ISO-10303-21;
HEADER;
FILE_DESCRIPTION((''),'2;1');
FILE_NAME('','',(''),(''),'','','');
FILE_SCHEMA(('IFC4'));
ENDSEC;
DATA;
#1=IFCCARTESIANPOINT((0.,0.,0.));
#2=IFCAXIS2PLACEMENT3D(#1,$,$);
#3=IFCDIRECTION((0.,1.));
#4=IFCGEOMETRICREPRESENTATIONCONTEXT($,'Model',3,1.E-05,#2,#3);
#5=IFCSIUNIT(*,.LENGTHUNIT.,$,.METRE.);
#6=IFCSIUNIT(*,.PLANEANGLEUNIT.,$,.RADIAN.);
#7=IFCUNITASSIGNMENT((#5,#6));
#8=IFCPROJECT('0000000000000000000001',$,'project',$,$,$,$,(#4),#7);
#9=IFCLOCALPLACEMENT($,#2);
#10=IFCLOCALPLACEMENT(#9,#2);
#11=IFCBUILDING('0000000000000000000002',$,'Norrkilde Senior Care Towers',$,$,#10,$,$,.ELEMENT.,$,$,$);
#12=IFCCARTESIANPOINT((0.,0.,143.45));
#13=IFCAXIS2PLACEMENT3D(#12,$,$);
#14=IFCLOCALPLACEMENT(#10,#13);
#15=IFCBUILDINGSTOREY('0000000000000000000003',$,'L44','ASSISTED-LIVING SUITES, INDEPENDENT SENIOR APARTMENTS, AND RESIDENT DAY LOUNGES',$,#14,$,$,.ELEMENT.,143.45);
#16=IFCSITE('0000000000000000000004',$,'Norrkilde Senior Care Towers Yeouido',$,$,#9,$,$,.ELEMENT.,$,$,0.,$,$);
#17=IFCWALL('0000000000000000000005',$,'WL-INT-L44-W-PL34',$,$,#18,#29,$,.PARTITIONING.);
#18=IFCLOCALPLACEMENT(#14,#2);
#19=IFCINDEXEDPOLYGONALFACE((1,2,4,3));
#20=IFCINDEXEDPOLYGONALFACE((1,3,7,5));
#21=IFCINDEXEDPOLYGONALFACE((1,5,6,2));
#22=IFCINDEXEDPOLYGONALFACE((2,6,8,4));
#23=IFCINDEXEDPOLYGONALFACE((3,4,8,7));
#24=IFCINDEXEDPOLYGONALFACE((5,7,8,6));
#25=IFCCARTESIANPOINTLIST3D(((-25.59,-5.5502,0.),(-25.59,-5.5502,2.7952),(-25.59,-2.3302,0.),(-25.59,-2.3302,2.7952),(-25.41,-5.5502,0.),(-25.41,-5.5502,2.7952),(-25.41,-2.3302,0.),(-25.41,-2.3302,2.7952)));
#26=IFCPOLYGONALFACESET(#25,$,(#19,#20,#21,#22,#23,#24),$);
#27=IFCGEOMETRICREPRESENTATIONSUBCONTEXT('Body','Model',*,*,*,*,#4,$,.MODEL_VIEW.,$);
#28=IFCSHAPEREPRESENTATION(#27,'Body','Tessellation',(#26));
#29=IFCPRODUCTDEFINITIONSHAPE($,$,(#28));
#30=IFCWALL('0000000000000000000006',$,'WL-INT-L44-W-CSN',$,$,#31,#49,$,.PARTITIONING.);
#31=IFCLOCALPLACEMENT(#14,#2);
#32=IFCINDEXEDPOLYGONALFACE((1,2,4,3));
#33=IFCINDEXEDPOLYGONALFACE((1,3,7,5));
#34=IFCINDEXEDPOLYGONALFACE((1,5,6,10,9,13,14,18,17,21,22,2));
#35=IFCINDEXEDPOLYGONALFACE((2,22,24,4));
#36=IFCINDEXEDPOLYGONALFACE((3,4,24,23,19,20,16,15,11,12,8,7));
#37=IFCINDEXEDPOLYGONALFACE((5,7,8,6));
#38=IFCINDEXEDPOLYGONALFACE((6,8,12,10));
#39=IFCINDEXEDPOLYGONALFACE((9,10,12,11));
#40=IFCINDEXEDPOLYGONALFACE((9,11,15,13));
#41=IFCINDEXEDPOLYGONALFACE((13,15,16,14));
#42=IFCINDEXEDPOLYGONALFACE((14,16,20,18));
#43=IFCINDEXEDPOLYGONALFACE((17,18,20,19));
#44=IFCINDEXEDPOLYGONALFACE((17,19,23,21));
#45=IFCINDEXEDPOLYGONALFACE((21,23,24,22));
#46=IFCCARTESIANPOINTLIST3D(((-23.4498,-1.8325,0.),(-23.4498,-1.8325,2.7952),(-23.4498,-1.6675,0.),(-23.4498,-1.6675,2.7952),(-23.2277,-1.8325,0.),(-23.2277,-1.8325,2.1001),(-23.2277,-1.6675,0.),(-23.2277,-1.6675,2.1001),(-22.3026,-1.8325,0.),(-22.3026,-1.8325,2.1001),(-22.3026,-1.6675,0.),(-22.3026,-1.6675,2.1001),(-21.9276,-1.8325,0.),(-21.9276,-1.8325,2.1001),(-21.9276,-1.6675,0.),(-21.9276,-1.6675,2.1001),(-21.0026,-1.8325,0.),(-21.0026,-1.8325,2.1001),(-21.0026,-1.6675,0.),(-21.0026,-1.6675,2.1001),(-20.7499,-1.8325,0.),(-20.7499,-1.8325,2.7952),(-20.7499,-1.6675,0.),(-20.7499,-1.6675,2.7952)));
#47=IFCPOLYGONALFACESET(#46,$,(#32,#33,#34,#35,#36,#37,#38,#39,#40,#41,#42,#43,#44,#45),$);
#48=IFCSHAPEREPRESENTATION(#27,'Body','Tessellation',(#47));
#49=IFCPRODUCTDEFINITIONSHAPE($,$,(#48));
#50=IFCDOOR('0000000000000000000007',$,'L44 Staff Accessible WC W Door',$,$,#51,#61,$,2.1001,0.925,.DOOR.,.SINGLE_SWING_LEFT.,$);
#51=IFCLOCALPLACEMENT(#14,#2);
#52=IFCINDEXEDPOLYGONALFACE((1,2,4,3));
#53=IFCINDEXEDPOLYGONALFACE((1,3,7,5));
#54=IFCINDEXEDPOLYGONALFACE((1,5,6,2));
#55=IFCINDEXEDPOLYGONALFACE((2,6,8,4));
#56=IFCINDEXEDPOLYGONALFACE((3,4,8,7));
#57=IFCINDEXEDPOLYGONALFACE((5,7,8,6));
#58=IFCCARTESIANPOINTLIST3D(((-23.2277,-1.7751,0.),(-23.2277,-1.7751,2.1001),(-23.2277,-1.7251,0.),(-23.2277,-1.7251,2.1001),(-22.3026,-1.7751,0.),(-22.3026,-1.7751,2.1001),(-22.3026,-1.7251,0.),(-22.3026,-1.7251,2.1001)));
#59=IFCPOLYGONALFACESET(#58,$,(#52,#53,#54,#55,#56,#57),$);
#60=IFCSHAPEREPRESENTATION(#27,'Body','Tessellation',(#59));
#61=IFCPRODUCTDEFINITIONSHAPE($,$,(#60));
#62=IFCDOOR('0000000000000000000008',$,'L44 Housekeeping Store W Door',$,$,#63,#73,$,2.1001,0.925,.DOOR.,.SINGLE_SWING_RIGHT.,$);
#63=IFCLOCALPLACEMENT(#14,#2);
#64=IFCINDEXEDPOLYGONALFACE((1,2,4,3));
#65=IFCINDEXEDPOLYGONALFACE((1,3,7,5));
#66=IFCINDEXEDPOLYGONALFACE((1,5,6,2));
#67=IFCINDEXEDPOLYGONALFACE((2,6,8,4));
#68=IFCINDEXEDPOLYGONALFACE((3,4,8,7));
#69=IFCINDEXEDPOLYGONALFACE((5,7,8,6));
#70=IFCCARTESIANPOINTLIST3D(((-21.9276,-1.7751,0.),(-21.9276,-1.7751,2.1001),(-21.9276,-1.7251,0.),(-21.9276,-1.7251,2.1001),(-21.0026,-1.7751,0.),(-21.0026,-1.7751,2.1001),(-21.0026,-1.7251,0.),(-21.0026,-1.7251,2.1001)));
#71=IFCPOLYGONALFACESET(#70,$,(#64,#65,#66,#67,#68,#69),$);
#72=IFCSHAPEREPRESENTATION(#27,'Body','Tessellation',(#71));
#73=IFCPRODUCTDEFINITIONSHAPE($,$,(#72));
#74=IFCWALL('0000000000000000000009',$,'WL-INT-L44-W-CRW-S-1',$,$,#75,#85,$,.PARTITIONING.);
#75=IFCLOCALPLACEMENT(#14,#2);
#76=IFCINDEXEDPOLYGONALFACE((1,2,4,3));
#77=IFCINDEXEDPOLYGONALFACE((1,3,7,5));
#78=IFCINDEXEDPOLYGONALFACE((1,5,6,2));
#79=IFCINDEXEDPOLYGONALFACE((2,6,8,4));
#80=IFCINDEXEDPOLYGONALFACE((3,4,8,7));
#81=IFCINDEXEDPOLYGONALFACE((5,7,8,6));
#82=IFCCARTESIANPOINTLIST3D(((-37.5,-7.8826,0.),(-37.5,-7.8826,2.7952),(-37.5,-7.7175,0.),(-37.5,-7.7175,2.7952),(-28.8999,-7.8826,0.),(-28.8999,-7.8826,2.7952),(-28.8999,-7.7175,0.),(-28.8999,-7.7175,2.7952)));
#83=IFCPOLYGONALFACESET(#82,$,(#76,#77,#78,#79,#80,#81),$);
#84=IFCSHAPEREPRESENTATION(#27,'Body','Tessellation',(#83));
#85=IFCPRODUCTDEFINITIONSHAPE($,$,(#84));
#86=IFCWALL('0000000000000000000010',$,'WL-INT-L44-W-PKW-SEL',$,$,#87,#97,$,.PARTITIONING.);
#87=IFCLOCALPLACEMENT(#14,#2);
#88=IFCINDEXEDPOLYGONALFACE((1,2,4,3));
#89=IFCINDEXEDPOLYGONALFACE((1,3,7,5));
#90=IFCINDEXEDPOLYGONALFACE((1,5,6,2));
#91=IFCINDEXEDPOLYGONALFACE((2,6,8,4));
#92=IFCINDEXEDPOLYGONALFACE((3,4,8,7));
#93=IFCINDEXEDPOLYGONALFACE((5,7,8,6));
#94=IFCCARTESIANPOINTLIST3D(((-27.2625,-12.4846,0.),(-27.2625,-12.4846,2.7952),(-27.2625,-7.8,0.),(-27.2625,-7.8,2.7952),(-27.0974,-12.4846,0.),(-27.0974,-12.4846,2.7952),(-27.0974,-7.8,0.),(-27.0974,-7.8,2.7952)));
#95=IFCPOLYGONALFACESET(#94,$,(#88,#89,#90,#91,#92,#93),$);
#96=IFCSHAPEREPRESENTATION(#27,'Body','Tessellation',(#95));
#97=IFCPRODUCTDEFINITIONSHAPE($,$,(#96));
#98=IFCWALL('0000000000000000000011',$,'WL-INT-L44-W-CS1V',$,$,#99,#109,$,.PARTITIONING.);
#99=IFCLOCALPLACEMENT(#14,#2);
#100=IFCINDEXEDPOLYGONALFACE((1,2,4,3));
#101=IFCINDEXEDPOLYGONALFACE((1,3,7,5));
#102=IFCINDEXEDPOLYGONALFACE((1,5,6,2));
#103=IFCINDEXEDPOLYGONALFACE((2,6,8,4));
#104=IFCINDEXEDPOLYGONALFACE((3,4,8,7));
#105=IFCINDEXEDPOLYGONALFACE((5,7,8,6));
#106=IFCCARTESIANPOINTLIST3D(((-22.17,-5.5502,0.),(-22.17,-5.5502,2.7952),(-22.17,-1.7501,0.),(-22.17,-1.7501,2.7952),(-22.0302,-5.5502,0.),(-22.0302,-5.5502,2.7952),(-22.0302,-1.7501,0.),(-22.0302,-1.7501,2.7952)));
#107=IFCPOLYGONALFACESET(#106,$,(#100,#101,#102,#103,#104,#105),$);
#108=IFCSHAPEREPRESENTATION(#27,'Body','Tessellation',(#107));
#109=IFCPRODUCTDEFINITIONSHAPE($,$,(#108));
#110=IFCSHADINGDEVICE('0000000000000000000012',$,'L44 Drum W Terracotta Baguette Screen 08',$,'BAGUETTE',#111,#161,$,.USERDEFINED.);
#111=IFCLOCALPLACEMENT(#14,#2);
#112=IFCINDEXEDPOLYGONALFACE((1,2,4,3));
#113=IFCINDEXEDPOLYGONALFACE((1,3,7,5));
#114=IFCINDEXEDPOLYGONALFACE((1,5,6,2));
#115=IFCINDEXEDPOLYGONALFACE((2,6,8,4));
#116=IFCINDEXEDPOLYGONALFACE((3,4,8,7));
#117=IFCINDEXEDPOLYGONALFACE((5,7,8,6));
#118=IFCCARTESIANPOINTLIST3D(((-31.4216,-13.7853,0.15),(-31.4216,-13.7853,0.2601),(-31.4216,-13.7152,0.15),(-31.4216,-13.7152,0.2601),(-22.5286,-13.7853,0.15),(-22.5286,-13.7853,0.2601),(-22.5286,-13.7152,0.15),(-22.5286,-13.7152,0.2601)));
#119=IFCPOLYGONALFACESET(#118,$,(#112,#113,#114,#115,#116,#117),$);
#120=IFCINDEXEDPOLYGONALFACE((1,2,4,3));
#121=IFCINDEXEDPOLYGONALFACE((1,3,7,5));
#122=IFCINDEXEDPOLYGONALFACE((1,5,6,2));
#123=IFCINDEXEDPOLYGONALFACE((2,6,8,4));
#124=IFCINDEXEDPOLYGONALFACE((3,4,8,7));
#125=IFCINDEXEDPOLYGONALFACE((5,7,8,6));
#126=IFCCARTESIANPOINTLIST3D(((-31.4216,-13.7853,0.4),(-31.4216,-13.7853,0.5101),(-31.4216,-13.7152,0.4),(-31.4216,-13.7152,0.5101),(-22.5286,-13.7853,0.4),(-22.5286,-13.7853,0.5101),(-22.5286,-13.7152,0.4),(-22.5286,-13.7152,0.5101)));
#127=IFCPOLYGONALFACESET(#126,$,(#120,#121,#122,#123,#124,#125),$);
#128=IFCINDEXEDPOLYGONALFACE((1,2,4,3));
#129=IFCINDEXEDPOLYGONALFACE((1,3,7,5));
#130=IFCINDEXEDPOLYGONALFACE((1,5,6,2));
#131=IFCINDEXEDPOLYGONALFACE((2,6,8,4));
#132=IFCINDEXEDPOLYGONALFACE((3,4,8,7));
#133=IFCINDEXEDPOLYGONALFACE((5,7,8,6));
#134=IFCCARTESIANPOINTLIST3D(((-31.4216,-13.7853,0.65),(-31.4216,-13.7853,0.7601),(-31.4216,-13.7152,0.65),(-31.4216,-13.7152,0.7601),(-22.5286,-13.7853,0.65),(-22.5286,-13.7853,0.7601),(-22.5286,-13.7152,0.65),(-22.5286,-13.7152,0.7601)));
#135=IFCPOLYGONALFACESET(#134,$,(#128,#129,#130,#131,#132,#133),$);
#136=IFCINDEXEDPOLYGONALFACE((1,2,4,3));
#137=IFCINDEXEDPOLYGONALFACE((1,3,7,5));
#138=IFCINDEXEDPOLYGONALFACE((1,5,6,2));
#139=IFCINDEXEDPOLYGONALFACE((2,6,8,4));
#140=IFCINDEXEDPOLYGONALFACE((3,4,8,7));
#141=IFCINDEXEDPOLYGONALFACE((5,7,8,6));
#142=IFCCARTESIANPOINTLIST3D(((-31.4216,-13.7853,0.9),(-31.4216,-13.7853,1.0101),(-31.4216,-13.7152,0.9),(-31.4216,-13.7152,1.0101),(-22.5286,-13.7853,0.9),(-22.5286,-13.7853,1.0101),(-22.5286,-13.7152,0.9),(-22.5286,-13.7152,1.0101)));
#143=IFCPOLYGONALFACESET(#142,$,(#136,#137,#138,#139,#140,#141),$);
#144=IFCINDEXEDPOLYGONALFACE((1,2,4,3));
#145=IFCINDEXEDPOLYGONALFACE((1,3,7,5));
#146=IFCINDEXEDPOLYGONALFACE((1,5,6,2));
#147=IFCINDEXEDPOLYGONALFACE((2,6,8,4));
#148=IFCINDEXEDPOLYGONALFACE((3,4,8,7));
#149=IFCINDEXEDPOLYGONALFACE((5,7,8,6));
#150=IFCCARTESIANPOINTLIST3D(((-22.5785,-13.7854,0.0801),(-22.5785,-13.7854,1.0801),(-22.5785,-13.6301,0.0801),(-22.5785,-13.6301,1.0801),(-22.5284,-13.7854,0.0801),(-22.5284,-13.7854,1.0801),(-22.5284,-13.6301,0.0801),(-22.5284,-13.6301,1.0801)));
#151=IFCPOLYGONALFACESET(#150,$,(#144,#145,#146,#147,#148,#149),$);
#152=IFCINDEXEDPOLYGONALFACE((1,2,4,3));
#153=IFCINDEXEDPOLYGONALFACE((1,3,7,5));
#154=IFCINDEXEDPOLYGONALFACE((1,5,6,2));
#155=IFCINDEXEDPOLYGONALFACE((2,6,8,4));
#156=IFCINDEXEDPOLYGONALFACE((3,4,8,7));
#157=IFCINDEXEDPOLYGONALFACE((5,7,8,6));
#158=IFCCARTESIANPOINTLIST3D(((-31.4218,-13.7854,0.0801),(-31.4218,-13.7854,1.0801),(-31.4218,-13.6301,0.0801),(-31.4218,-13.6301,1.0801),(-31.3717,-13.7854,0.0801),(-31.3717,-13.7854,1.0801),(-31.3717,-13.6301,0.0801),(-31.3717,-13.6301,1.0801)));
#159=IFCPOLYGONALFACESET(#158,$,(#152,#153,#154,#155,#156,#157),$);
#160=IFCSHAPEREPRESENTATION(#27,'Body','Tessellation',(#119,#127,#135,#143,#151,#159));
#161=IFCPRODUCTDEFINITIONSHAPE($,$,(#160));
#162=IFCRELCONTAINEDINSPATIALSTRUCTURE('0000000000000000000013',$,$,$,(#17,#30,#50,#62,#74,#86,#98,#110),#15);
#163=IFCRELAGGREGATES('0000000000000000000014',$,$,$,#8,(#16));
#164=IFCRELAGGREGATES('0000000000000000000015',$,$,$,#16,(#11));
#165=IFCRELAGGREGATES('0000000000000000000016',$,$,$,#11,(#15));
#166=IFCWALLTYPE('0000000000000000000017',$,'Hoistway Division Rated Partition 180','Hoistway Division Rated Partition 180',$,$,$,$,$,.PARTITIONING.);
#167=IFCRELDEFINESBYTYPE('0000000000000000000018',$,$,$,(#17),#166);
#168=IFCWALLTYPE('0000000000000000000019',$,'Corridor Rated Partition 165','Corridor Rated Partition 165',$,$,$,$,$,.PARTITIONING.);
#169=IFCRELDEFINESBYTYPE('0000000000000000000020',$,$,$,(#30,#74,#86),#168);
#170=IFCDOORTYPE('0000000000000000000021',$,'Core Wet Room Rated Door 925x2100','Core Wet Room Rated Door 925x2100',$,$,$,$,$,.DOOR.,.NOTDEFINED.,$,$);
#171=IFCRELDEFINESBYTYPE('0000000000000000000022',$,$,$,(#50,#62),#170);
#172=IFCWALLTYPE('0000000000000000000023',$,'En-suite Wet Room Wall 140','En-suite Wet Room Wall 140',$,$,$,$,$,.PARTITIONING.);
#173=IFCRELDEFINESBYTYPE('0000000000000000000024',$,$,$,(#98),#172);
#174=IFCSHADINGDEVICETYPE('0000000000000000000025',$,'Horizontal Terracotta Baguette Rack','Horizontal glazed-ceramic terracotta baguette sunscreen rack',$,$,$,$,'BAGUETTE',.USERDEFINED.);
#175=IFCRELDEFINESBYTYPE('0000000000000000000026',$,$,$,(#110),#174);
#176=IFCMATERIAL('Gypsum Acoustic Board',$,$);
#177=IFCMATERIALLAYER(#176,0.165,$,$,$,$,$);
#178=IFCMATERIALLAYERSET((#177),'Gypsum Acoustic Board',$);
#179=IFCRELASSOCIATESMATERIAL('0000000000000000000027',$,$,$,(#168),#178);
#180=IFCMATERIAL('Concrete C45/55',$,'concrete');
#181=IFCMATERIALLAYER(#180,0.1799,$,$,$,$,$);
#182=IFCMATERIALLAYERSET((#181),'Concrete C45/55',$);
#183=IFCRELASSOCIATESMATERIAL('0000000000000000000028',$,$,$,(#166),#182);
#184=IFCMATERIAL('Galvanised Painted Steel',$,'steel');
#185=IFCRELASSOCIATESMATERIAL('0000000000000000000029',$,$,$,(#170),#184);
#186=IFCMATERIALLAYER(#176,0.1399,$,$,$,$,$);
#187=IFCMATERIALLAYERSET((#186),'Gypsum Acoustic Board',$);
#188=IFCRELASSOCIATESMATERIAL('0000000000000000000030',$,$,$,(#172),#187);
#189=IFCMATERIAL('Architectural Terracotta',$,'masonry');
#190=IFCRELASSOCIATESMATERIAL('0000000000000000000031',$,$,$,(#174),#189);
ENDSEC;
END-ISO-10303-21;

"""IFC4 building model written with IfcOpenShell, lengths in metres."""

from ifc_helpers import new_model, si_unit, direction, frame, frame_2d, origin, origin_2d, place, context, subcontext, project, spatial, rectangle, extrude, source, transform, mapped, material, layer, layer_set, type_object, type_shapes, element, fill, save


model = new_model("IFC4")

# Units and contexts
model_context = context("Model", 3, precision=1e-05, world=origin(), true_north=direction((0.0, 1.0)))
body_context = subcontext(model_context, "Body", "Model", "MODEL_VIEW")
ifc_project = project(units=[si_unit("LENGTHUNIT", "METRE"), si_unit("PLANEANGLEUNIT", "RADIAN")], contexts=[model_context])

# Site, building, storey
site_placement = place(None, origin())
site = spatial("IfcSite", under=ifc_project, at=site_placement, Name="Norrkilde Senior Care Towers Yeouido", CompositionType="ELEMENT", RefElevation=0.0)
building_placement = place(site_placement, origin())
building = spatial("IfcBuilding", under=site, at=building_placement, Name="Norrkilde Senior Care Towers", CompositionType="ELEMENT")
storey_placement = place(building_placement, frame((0.0, 0.0, 143.45)))
storey = spatial("IfcBuildingStorey", under=building, at=storey_placement, Name="L44", Description="ASSISTED-LIVING SUITES, INDEPENDENT SENIOR APARTMENTS, AND RESIDENT DAY LOUNGES", CompositionType="ELEMENT", Elevation=143.45)

# Shared definitions
ifc_material_1 = material(Name="Concrete C45/55", Category="concrete")
ifc_material_2 = material(Name="Gypsum Acoustic Board")
ifc_layer_1 = layer(ifc_material_2, 0.165)
ifc_layer_set_1 = layer_set([ifc_layer_1], Name="Gypsum Acoustic Board")
wall_type_1 = type_object("IfcWallType", Name="Corridor Rated Partition 165", Description="Corridor Rated Partition 165", PredefinedType="PARTITIONING", material=ifc_layer_set_1)

# Wall
ifc_layer_2 = layer(ifc_material_1, 0.1799)
ifc_layer_set_2 = layer_set([ifc_layer_2], Name="Concrete C45/55")
wall_type_2 = type_object("IfcWallType", Name="Hoistway Division Rated Partition 180", Description="Hoistway Division Rated Partition 180", PredefinedType="PARTITIONING", material=ifc_layer_set_2)
shared_shape_1 = source(origin(), body_context, "Body", "SweptSolid", [
    extrude(rectangle(XDim=3.22, YDim=0.1799, at=frame_2d((1.6099, 0.0))), origin(), (0.0, 0.0, 1.0), 2.7952),
])
type_shapes(wall_type_2, [shared_shape_1])
wall_1_placement = place(storey_placement, frame((-25.5, -5.55, 0.0), z_axis=(0.0, 0.0, 1.0), x_axis=(0.0, 1.0, 0.0)))
element("IfcWall", 1, at=wall_1_placement, inside=storey, type_object=wall_type_2, Name="WL-INT-L44-W-PL34", PredefinedType="PARTITIONING", context=body_context, shape_type="MappedRepresentation", body=[
    mapped(shared_shape_1, transform((0.0, 0.0, 0.0), x_axis=(1.0, 0.0, 0.0), y_axis=(0.0, 1.0, 0.0), z_axis=(0.0, 0.0, 1.0), scale=1.0)),
])

# Wall, openings, doors
shared_shape_2 = source(origin(), body_context, "Body", "SweptSolid", [
    extrude(rectangle(XDim=2.7, YDim=0.165, at=frame_2d((1.3501, 0.0))), origin(), (0.0, 0.0, 1.0), 2.7952),
])
wall_2_placement = place(storey_placement, frame((-23.45, -1.75, 0.0), z_axis=(0.0, 0.0, 1.0), x_axis=(1.0, 0.0, 0.0)))
wall_2 = element("IfcWall", 2, at=wall_2_placement, inside=storey, type_object=wall_type_1, Name="WL-INT-L44-W-CSN", PredefinedType="PARTITIONING", context=body_context, shape_type="MappedRepresentation", body=[
    mapped(shared_shape_2, transform((0.0, 0.0, 0.0), x_axis=(1.0, 0.0, 0.0), y_axis=(0.0, 1.0, 0.0), z_axis=(0.0, 0.0, 1.0), scale=1.0)),
])
opening_1_placement = place(wall_2_placement, frame((0.2224, 0.0, 0.0)))
opening_1 = element("IfcOpeningElement", 3, at=opening_1_placement, cuts=wall_2, PredefinedType="OPENING", context=body_context, shape_type="SweptSolid", body=[
    extrude(rectangle(XDim=0.925, YDim=2.1001, at=frame_2d((0.4624, 1.05))), frame((0.0, 0.0925, 0.0), z_axis=(0.0, -1.0, 0.0), x_axis=(1.0, 0.0, 0.0)), (0.0, 0.0, 1.0), 0.1851),
])
opening_2_placement = place(wall_2_placement, frame((1.5225, 0.0, 0.0)))
opening_2 = element("IfcOpeningElement", 4, at=opening_2_placement, cuts=wall_2, PredefinedType="OPENING", context=body_context, shape_type="SweptSolid", body=[
    extrude(rectangle(XDim=0.925, YDim=2.1001, at=frame_2d((0.4624, 1.05))), frame((0.0, 0.0925, 0.0), z_axis=(0.0, -1.0, 0.0), x_axis=(1.0, 0.0, 0.0)), (0.0, 0.0, 1.0), 0.1851),
])
ifc_material_3 = material(Name="Galvanised Painted Steel", Category="steel")
door_type_1 = type_object("IfcDoorType", Name="Core Wet Room Rated Door 925x2100", Description="Core Wet Room Rated Door 925x2100", OperationType="NOTDEFINED", PredefinedType="DOOR", material=ifc_material_3)
shared_shape_3 = source(origin(), body_context, "Body", "SweptSolid", [
    extrude(rectangle(XDim=0.925, YDim=2.1001, at=frame_2d((0.4624, 1.05))), frame((0.0, 0.0249, 0.0), z_axis=(0.0, -1.0, 0.0), x_axis=(1.0, 0.0, 0.0)), (0.0, 0.0, 1.0), 0.05),
])
type_shapes(door_type_1, [shared_shape_3])
door_1_placement = place(opening_1_placement, origin())
door_1 = element("IfcDoor", 5, at=door_1_placement, inside=storey, type_object=door_type_1, Name="L44 Staff Accessible WC W Door", OperationType="SINGLE_SWING_LEFT", OverallHeight=2.1001, OverallWidth=0.925, PredefinedType="DOOR", context=body_context, shape_type="MappedRepresentation", body=[
    mapped(shared_shape_3, transform((0.0, 0.0, 0.0), x_axis=(1.0, 0.0, 0.0), y_axis=(0.0, 1.0, 0.0), z_axis=(0.0, 0.0, 1.0), scale=1.0)),
])
fill(opening_1, door_1)
door_2_placement = place(opening_2_placement, origin())
door_2 = element("IfcDoor", 6, at=door_2_placement, inside=storey, type_object=door_type_1, Name="L44 Housekeeping Store W Door", OperationType="SINGLE_SWING_RIGHT", OverallHeight=2.1001, OverallWidth=0.925, PredefinedType="DOOR", context=body_context, shape_type="MappedRepresentation", body=[
    mapped(shared_shape_3, transform((0.0, 0.0, 0.0), x_axis=(1.0, 0.0, 0.0), y_axis=(0.0, 1.0, 0.0), z_axis=(0.0, 0.0, 1.0), scale=1.0)),
])
fill(opening_2, door_2)

# Wall
shared_shape_4 = source(origin(), body_context, "Body", "SweptSolid", [
    extrude(rectangle(XDim=8.6001, YDim=0.165, at=frame_2d((4.3, 0.0))), origin(), (0.0, 0.0, 1.0), 2.7952),
])
wall_3_placement = place(storey_placement, frame((-28.8999, -7.8, 0.0), z_axis=(0.0, 0.0, 1.0), x_axis=(-1.0, 0.0, 0.0)))
element("IfcWall", 7, at=wall_3_placement, inside=storey, type_object=wall_type_1, Name="WL-INT-L44-W-CRW-S-1", PredefinedType="PARTITIONING", context=body_context, shape_type="MappedRepresentation", body=[
    mapped(shared_shape_4, transform((0.0, 0.0, 0.0), x_axis=(1.0, 0.0, 0.0), y_axis=(0.0, 1.0, 0.0), z_axis=(0.0, 0.0, 1.0), scale=1.0)),
])

# Shared definitions
shared_shape_5 = source(origin(), body_context, "Body", "SweptSolid", [
    extrude(rectangle(XDim=4.6846, YDim=0.165, at=frame_2d((2.3423, 0.0))), origin(), (0.0, 0.0, 1.0), 2.7952),
])

# Walls
wall_4_placement = place(storey_placement, frame((-27.1799, -12.4846, 0.0), z_axis=(0.0, 0.0, 1.0), x_axis=(0.0, 1.0, 0.0)))
element("IfcWall", 8, at=wall_4_placement, inside=storey, type_object=wall_type_1, Name="WL-INT-L44-W-PKW-SEL", PredefinedType="PARTITIONING", context=body_context, shape_type="MappedRepresentation", body=[
    mapped(shared_shape_5, transform((0.0, 0.0, 0.0), x_axis=(1.0, 0.0, 0.0), y_axis=(0.0, 1.0, 0.0), z_axis=(0.0, 0.0, 1.0), scale=1.0)),
])
ifc_layer_3 = layer(ifc_material_2, 0.1399)
ifc_layer_set_3 = layer_set([ifc_layer_3], Name="Gypsum Acoustic Board")
wall_type_3 = type_object("IfcWallType", Name="En-suite Wet Room Wall 140", Description="En-suite Wet Room Wall 140", PredefinedType="PARTITIONING", material=ifc_layer_set_3)
shared_shape_6 = source(origin(), body_context, "Body", "SweptSolid", [
    extrude(rectangle(XDim=3.8, YDim=0.1399, at=frame_2d((1.8999, 0.0))), origin(), (0.0, 0.0, 1.0), 2.7952),
])
type_shapes(wall_type_3, [shared_shape_6])
wall_5_placement = place(storey_placement, frame((-22.1001, -5.55, 0.0), z_axis=(0.0, 0.0, 1.0), x_axis=(0.0, 1.0, 0.0)))
element("IfcWall", 9, at=wall_5_placement, inside=storey, type_object=wall_type_3, Name="WL-INT-L44-W-CS1V", PredefinedType="PARTITIONING", context=body_context, shape_type="MappedRepresentation", body=[
    mapped(shared_shape_6, transform((0.0, 0.0, 0.0), x_axis=(1.0, 0.0, 0.0), y_axis=(0.0, 1.0, 0.0), z_axis=(0.0, 0.0, 1.0), scale=1.0)),
])

# Shading device
ifc_material_4 = material(Name="Architectural Terracotta", Category="masonry")
shading_device_type = type_object("IfcShadingDeviceType", Name="Horizontal Terracotta Baguette Rack", Description="Horizontal glazed-ceramic terracotta baguette sunscreen rack", ElementType="BAGUETTE", PredefinedType="USERDEFINED", material=ifc_material_4)
shared_shape_7 = source(origin(), body_context, "Body", "SweptSolid", [
    extrude(rectangle(XDim=0.0701, YDim=0.1101, at=origin_2d()), frame((0.0, 0.0901, 0.125), z_axis=(1.0, 0.0, 0.0), x_axis=(0.0, 1.0, 0.0)), (0.0, 0.0, 1.0), 8.8931),
    extrude(rectangle(XDim=0.0701, YDim=0.1101, at=origin_2d()), frame((0.0, 0.0901, 0.375), z_axis=(1.0, 0.0, 0.0), x_axis=(0.0, 1.0, 0.0)), (0.0, 0.0, 1.0), 8.8931),
    extrude(rectangle(XDim=0.0701, YDim=0.1101, at=origin_2d()), frame((0.0, 0.0901, 0.625), z_axis=(1.0, 0.0, 0.0), x_axis=(0.0, 1.0, 0.0)), (0.0, 0.0, 1.0), 8.8931),
    extrude(rectangle(XDim=0.0701, YDim=0.1101, at=origin_2d()), frame((0.0, 0.0901, 0.875), z_axis=(1.0, 0.0, 0.0), x_axis=(0.0, 1.0, 0.0)), (0.0, 0.0, 1.0), 8.8931),
    extrude(rectangle(XDim=0.05, YDim=0.1553, at=origin_2d()), frame((0.0249, 0.0476, 0.0)), (0.0, 0.0, 1.0), 1.0),
    extrude(rectangle(XDim=0.05, YDim=0.1553, at=origin_2d()), frame((8.8682, 0.0476, 0.0)), (0.0, 0.0, 1.0), 1.0),
])
type_shapes(shading_device_type, [shared_shape_7])
shading_device_placement = place(storey_placement, frame((-22.5286, -13.6602, 0.0801), z_axis=(0.0, 0.0, 1.0), x_axis=(-1.0, 0.0, 0.0)))
element("IfcShadingDevice", 10, at=shading_device_placement, inside=storey, type_object=shading_device_type, Name="L44 Drum W Terracotta Baguette Screen 08", ObjectType="BAGUETTE", PredefinedType="USERDEFINED", context=body_context, shape_type="MappedRepresentation", body=[
    mapped(shared_shape_7, transform((0.0, 0.0, 0.0), x_axis=(1.0, 0.0, 0.0), y_axis=(0.0, 1.0, 0.0), z_axis=(0.0, 0.0, 1.0), scale=1.0)),
])

save(model, "model.ifc")
